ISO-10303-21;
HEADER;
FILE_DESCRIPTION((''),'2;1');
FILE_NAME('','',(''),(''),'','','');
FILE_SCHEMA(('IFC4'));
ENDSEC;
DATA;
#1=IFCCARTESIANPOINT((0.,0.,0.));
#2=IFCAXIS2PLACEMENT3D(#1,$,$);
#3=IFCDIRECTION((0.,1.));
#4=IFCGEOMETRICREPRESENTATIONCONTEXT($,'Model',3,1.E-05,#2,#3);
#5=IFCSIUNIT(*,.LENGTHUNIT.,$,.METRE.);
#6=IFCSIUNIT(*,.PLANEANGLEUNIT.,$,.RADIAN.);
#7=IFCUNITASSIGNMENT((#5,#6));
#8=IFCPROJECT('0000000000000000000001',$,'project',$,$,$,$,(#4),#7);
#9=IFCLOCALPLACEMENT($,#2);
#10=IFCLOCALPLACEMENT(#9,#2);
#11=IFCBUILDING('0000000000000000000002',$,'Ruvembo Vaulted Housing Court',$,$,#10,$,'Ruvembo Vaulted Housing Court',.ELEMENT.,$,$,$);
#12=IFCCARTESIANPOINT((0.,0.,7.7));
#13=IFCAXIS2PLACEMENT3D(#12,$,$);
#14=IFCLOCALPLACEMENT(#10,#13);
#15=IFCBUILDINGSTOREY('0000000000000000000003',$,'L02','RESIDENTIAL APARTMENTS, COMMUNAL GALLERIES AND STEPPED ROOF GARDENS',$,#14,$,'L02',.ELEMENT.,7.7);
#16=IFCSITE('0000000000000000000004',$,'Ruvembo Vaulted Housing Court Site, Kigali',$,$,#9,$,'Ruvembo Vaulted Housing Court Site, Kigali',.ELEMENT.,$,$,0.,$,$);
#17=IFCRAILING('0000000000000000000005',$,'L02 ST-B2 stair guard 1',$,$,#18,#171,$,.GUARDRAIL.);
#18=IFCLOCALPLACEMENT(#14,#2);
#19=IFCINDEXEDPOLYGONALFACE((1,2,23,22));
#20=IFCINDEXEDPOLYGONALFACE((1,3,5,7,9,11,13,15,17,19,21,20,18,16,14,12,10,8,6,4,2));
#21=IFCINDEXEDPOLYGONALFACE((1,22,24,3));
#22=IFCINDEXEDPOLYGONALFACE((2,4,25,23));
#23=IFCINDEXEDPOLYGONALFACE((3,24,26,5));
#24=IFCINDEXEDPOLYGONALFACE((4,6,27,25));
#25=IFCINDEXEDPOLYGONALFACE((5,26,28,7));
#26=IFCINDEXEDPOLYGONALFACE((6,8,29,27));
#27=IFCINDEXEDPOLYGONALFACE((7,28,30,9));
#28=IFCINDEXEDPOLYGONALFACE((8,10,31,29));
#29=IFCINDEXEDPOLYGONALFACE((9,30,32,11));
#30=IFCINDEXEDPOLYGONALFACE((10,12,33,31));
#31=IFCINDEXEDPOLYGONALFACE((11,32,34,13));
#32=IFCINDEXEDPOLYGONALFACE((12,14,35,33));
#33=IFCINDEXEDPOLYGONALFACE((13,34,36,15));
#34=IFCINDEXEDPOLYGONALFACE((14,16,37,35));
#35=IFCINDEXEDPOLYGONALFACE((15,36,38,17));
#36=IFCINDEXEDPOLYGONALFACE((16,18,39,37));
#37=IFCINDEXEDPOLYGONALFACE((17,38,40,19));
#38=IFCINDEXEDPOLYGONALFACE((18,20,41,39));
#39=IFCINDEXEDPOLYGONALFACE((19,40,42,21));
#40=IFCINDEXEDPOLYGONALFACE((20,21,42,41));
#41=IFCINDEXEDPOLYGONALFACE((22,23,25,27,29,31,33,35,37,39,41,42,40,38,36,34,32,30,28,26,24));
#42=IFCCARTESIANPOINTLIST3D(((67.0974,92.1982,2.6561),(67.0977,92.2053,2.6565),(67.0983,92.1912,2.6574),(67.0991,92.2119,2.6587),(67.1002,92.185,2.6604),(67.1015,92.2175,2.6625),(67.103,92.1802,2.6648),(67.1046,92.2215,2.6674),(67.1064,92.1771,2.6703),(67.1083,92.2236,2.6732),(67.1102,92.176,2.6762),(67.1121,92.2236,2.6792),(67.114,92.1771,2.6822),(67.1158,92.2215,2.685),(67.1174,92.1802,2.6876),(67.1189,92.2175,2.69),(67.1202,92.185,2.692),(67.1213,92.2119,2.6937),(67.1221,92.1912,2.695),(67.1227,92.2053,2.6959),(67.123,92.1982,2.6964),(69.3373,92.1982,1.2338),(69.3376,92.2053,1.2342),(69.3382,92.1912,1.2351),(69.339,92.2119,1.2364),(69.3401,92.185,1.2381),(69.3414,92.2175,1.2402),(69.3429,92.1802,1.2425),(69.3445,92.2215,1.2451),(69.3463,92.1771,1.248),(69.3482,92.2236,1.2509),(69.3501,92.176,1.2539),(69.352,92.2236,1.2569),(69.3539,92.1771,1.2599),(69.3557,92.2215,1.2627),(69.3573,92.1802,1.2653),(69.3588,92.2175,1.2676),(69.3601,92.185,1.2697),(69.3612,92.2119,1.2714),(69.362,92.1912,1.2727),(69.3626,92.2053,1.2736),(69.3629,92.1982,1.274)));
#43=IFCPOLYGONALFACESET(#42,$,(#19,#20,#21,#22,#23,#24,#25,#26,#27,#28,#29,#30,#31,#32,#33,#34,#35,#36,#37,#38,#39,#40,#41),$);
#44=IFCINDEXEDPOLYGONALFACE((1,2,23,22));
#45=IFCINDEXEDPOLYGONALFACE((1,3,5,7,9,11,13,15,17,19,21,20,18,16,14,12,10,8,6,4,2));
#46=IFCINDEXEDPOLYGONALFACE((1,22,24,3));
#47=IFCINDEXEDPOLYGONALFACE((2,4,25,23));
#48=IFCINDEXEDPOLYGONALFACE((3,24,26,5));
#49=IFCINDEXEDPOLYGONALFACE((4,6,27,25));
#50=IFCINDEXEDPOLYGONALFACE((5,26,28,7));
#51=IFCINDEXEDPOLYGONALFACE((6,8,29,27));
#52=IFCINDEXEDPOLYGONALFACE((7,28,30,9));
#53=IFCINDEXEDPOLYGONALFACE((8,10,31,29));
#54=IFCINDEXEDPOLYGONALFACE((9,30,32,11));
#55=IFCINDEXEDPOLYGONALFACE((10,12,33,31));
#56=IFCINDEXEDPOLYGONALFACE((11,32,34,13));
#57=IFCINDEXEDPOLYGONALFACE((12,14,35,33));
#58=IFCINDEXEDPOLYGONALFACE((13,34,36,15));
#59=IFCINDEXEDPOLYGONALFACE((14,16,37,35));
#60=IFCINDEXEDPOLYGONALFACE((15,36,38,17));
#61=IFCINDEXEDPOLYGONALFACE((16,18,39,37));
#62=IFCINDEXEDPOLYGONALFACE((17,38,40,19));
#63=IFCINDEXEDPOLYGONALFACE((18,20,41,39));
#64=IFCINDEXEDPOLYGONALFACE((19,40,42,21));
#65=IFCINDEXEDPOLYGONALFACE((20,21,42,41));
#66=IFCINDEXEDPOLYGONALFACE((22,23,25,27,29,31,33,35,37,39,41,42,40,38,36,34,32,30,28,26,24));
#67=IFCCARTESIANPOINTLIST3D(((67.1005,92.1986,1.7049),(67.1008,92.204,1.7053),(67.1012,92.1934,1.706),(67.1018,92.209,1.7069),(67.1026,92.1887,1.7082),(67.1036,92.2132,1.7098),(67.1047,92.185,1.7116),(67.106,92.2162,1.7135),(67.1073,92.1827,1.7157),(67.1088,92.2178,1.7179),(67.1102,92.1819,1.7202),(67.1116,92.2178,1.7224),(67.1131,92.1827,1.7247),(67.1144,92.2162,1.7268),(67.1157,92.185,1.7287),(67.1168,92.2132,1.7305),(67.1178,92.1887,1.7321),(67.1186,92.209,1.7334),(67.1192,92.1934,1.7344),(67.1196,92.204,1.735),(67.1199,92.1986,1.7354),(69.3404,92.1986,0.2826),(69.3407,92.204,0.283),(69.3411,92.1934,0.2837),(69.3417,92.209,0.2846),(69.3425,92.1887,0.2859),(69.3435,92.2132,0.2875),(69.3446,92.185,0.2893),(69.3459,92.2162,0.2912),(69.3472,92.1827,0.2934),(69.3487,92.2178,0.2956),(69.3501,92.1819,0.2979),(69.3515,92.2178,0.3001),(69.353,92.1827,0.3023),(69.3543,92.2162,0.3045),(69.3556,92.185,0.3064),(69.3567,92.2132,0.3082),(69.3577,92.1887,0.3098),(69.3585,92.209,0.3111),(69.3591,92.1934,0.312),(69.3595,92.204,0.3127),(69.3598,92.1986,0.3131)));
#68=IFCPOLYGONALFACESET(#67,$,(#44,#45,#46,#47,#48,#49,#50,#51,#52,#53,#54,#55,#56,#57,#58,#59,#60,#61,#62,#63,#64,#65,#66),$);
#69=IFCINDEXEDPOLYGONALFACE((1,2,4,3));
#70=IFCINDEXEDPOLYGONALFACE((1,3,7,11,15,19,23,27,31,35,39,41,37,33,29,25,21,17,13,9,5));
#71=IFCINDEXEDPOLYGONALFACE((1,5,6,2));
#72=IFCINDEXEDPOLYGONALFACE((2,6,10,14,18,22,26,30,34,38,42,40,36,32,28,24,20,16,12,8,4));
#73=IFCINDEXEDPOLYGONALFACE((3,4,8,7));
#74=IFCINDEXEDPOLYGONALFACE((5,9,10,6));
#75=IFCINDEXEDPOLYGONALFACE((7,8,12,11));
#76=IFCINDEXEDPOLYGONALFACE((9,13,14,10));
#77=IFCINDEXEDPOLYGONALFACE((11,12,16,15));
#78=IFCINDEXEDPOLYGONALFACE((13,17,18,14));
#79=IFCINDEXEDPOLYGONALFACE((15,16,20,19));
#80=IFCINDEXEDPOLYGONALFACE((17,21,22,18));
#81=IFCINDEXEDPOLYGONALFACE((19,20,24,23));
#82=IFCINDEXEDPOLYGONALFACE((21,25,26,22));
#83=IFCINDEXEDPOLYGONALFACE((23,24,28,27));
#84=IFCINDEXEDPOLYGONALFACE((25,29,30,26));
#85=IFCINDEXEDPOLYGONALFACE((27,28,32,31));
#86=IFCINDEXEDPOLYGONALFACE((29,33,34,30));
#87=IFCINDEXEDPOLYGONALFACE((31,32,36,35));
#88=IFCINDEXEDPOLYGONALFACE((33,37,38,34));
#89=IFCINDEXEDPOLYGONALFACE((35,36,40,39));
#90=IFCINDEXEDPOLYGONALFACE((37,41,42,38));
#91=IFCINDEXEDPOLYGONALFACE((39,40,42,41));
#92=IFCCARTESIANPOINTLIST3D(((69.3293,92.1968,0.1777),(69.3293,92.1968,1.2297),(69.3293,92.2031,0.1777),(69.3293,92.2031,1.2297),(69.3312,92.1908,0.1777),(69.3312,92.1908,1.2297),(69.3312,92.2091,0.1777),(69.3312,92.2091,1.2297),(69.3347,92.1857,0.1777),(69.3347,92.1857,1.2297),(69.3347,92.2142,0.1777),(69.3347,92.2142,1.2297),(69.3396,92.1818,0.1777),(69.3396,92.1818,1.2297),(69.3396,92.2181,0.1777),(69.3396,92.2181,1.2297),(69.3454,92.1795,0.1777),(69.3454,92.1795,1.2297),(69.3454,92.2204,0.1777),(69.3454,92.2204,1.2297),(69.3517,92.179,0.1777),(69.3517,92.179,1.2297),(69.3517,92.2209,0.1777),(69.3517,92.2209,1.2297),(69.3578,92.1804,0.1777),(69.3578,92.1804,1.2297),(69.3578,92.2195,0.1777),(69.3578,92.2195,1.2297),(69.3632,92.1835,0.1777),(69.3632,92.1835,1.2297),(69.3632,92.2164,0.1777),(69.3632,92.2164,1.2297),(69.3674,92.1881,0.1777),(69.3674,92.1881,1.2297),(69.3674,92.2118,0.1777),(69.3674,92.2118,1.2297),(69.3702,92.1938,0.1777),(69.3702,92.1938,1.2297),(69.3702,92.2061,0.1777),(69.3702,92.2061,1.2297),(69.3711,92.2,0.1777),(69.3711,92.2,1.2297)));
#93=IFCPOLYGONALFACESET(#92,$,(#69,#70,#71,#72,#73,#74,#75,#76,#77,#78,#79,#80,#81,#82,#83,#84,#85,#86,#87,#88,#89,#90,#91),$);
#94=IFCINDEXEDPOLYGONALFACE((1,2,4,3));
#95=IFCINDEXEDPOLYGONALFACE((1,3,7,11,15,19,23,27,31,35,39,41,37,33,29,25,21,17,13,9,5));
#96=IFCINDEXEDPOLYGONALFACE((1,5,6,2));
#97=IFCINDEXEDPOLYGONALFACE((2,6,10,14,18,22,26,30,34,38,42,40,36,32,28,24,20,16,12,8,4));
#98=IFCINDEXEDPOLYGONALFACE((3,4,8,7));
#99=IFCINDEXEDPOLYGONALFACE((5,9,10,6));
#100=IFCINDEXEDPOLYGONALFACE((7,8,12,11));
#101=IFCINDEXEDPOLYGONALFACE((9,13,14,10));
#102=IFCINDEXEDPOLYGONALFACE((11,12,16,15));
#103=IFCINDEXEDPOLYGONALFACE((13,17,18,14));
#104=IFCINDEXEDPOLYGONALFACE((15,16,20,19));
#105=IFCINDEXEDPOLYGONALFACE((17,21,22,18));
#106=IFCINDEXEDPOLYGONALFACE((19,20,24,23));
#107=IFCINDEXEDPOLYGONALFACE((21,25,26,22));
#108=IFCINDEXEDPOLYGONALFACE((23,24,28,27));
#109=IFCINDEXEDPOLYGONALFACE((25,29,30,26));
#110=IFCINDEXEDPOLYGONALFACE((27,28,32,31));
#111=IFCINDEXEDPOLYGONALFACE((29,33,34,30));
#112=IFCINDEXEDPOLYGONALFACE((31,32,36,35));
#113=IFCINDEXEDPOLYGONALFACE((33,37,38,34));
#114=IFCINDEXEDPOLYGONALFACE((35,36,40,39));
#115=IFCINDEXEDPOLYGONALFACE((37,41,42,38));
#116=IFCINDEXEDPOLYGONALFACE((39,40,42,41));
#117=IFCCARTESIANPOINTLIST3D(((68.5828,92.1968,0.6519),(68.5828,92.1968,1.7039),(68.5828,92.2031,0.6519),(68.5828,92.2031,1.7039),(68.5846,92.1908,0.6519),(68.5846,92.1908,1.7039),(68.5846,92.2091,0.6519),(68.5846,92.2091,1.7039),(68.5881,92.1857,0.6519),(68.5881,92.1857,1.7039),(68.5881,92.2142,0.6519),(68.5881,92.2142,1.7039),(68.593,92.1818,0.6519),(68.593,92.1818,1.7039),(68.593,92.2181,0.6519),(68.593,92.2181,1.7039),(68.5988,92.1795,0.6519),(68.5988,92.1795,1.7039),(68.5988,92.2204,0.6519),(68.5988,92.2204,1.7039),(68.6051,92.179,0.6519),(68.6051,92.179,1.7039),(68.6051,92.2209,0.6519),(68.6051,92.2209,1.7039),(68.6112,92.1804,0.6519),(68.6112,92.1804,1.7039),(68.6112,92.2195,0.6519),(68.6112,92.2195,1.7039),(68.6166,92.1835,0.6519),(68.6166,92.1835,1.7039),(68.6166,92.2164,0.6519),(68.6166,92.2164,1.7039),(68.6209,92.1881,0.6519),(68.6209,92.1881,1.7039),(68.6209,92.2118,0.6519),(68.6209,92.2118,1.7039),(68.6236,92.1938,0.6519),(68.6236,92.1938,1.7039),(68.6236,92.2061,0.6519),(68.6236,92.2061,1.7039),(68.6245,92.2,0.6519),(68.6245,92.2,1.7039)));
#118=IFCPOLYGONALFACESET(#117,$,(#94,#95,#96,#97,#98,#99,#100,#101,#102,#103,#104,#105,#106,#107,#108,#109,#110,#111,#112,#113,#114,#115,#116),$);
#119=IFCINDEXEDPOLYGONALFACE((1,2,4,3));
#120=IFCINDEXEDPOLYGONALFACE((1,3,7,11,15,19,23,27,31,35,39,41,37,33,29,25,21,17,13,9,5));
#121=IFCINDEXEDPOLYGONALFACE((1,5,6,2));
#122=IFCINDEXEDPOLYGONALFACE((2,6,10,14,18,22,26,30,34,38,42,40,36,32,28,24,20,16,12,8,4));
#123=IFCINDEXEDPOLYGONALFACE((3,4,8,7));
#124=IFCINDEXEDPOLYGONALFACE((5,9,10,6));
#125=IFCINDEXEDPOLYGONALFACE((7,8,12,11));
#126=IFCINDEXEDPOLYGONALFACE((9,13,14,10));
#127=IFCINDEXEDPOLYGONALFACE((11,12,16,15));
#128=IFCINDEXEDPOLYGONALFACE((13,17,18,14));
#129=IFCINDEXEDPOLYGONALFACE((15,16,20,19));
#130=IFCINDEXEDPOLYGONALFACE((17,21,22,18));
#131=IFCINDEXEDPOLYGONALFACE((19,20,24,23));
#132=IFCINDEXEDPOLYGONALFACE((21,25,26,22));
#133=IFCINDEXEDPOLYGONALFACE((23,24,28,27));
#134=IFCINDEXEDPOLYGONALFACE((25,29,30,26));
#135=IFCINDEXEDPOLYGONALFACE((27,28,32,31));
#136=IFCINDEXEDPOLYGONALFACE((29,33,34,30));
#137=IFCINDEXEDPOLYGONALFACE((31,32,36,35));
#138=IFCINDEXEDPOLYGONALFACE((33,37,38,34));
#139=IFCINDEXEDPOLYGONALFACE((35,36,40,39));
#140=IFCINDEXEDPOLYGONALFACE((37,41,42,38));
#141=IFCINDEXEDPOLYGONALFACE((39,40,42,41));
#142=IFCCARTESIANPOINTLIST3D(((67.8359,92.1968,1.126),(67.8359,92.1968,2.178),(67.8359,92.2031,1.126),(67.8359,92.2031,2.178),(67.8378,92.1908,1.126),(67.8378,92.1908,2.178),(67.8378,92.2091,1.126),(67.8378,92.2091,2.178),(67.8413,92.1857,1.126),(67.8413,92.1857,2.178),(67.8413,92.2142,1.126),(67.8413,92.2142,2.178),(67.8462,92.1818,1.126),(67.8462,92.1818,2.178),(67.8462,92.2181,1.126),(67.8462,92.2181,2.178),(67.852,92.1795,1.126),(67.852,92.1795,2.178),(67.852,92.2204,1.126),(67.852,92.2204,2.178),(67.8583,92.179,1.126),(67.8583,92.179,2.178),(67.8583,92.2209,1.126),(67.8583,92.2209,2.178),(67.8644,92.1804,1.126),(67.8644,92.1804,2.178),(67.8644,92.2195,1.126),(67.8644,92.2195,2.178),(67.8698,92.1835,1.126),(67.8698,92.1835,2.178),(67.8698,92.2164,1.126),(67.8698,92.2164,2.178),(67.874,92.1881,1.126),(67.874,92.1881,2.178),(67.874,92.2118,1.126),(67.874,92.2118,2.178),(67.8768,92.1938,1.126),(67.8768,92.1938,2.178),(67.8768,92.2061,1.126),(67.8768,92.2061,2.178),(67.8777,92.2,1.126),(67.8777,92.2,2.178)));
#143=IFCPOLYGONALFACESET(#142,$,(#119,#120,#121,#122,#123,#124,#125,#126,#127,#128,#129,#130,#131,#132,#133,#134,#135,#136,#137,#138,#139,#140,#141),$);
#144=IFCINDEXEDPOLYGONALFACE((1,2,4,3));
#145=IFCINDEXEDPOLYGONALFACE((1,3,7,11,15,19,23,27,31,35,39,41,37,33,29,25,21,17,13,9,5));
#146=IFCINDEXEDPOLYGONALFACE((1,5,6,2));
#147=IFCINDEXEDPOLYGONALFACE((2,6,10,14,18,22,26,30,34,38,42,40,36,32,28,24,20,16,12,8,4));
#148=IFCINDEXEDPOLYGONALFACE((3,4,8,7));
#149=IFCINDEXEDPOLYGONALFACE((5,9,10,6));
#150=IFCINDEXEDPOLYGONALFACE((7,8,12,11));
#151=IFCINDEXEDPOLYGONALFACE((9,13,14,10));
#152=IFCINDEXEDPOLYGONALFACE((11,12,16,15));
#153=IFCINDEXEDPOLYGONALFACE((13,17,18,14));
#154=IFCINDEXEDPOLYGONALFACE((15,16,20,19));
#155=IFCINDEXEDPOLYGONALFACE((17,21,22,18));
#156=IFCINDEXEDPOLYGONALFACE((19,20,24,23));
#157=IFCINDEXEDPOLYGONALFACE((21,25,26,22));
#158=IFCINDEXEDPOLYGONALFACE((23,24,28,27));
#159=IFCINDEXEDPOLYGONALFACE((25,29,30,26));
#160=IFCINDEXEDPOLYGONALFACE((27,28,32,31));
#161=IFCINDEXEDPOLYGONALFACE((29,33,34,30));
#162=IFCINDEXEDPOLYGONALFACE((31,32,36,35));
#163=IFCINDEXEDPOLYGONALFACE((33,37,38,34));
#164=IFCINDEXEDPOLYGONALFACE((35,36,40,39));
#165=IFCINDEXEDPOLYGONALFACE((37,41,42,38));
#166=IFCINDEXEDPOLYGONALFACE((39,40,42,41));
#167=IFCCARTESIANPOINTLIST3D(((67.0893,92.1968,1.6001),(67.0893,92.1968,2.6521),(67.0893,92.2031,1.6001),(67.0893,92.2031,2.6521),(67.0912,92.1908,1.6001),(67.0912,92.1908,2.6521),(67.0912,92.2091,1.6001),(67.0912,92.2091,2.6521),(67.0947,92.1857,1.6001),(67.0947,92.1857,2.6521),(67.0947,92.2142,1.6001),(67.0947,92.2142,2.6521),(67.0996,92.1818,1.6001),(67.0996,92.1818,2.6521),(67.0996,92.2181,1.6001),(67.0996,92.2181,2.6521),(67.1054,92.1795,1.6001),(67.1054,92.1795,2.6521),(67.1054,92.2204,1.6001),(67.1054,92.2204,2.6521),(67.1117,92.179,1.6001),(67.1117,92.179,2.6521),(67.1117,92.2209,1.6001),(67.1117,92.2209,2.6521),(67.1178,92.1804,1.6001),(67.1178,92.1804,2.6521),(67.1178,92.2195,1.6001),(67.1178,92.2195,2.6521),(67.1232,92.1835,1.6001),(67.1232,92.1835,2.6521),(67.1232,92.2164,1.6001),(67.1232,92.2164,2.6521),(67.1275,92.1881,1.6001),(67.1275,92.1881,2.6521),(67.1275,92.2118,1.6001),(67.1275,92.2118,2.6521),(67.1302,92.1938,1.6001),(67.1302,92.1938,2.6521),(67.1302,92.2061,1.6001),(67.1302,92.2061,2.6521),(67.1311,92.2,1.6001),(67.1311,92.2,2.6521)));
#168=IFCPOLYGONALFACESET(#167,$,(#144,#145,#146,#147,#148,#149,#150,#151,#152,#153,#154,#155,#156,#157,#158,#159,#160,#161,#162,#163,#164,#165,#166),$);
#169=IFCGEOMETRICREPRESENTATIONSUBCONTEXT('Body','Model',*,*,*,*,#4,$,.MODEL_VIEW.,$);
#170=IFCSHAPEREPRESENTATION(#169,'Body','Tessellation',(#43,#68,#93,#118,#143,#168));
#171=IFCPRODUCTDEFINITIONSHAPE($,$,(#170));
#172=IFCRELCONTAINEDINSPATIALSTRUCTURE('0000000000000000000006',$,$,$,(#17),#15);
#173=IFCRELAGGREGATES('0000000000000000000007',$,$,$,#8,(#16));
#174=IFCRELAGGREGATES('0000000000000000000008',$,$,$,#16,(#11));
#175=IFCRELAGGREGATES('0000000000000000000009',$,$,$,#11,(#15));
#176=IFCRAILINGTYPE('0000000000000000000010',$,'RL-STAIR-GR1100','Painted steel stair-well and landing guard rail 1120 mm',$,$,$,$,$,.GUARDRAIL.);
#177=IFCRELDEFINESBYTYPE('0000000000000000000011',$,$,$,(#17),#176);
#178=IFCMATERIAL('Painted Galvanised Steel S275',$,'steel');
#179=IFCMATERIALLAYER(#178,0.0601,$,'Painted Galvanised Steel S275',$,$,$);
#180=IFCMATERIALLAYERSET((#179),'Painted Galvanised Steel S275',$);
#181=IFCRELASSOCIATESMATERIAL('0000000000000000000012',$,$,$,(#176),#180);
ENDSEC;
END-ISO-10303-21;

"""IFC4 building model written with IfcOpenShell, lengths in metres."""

from ifc_helpers import new_model, si_unit, direction, frame, origin, origin_2d, place, context, subcontext, project, spatial, circle, extrude, material, layer, layer_set, type_object, element, save


model = new_model("IFC4")

# Units and contexts
model_context = context("Model", 3, precision=1e-05, world=origin(), true_north=direction((0.0, 1.0)))
body_context = subcontext(model_context, "Body", "Model", "MODEL_VIEW")
ifc_project = project(units=[si_unit("LENGTHUNIT", "METRE"), si_unit("PLANEANGLEUNIT", "RADIAN")], contexts=[model_context])

# Site, building, storey
site_placement = place(None, origin())
site = spatial("IfcSite", under=ifc_project, at=site_placement, Name="Ruvembo Vaulted Housing Court Site, Kigali", LongName="Ruvembo Vaulted Housing Court Site, Kigali", CompositionType="ELEMENT", RefElevation=0.0)
building_placement = place(site_placement, origin())
building = spatial("IfcBuilding", under=site, at=building_placement, Name="Ruvembo Vaulted Housing Court", LongName="Ruvembo Vaulted Housing Court", CompositionType="ELEMENT")
storey_placement = place(building_placement, frame((0.0, 0.0, 7.7)))
storey = spatial("IfcBuildingStorey", under=building, at=storey_placement, Name="L02", Description="RESIDENTIAL APARTMENTS, COMMUNAL GALLERIES AND STEPPED ROOF GARDENS", LongName="L02", CompositionType="ELEMENT", Elevation=7.7)

# Railing
ifc_material_1 = material(Name="Painted Galvanised Steel S275", Category="steel")
ifc_layer_1 = layer(ifc_material_1, 0.0601, Name="Painted Galvanised Steel S275")
ifc_layer_set_1 = layer_set([ifc_layer_1], Name="Painted Galvanised Steel S275")
railing_type_1 = type_object("IfcRailingType", Name="RL-STAIR-GR1100", Description="Painted steel stair-well and landing guard rail 1120 mm", PredefinedType="GUARDRAIL", material=ifc_layer_set_1)
railing_1_placement = place(storey_placement, frame((69.3501, 92.2, 0.1777)))
element("IfcRailing", 1, at=railing_1_placement, inside=storey, type_object=railing_type_1, Name="L02 ST-B2 stair guard 1", PredefinedType="GUARDRAIL", context=body_context, shape_type="SweptSolid", body=[
    extrude(circle(Radius=0.0239, at=origin_2d()), frame((0.0, 0.0, 1.0762), z_axis=(-0.844188, 0.0, 0.536048), x_axis=(0.0, -1.0, 0.0)), (0.0, 0.0, 1.0), 2.6533),
    extrude(circle(Radius=0.0181, at=origin_2d()), frame((0.0, 0.0, 0.1201), z_axis=(-0.844188, 0.0, 0.536048), x_axis=(0.0, -1.0, 0.0)), (0.0, 0.0, 1.0), 2.6533),
    extrude(circle(Radius=0.021, at=origin_2d()), origin(), (0.0, 0.0, 1.0), 1.052),
    extrude(circle(Radius=0.021, at=origin_2d()), frame((-0.7466, 0.0, 0.4741)), (0.0, 0.0, 1.0), 1.052),
    extrude(circle(Radius=0.021, at=origin_2d()), frame((-1.4934, 0.0, 0.9482)), (0.0, 0.0, 1.0), 1.052),
    extrude(circle(Radius=0.021, at=origin_2d()), frame((-2.24, 0.0, 1.4224)), (0.0, 0.0, 1.0), 1.052),
])

save(model, "model.ifc")
